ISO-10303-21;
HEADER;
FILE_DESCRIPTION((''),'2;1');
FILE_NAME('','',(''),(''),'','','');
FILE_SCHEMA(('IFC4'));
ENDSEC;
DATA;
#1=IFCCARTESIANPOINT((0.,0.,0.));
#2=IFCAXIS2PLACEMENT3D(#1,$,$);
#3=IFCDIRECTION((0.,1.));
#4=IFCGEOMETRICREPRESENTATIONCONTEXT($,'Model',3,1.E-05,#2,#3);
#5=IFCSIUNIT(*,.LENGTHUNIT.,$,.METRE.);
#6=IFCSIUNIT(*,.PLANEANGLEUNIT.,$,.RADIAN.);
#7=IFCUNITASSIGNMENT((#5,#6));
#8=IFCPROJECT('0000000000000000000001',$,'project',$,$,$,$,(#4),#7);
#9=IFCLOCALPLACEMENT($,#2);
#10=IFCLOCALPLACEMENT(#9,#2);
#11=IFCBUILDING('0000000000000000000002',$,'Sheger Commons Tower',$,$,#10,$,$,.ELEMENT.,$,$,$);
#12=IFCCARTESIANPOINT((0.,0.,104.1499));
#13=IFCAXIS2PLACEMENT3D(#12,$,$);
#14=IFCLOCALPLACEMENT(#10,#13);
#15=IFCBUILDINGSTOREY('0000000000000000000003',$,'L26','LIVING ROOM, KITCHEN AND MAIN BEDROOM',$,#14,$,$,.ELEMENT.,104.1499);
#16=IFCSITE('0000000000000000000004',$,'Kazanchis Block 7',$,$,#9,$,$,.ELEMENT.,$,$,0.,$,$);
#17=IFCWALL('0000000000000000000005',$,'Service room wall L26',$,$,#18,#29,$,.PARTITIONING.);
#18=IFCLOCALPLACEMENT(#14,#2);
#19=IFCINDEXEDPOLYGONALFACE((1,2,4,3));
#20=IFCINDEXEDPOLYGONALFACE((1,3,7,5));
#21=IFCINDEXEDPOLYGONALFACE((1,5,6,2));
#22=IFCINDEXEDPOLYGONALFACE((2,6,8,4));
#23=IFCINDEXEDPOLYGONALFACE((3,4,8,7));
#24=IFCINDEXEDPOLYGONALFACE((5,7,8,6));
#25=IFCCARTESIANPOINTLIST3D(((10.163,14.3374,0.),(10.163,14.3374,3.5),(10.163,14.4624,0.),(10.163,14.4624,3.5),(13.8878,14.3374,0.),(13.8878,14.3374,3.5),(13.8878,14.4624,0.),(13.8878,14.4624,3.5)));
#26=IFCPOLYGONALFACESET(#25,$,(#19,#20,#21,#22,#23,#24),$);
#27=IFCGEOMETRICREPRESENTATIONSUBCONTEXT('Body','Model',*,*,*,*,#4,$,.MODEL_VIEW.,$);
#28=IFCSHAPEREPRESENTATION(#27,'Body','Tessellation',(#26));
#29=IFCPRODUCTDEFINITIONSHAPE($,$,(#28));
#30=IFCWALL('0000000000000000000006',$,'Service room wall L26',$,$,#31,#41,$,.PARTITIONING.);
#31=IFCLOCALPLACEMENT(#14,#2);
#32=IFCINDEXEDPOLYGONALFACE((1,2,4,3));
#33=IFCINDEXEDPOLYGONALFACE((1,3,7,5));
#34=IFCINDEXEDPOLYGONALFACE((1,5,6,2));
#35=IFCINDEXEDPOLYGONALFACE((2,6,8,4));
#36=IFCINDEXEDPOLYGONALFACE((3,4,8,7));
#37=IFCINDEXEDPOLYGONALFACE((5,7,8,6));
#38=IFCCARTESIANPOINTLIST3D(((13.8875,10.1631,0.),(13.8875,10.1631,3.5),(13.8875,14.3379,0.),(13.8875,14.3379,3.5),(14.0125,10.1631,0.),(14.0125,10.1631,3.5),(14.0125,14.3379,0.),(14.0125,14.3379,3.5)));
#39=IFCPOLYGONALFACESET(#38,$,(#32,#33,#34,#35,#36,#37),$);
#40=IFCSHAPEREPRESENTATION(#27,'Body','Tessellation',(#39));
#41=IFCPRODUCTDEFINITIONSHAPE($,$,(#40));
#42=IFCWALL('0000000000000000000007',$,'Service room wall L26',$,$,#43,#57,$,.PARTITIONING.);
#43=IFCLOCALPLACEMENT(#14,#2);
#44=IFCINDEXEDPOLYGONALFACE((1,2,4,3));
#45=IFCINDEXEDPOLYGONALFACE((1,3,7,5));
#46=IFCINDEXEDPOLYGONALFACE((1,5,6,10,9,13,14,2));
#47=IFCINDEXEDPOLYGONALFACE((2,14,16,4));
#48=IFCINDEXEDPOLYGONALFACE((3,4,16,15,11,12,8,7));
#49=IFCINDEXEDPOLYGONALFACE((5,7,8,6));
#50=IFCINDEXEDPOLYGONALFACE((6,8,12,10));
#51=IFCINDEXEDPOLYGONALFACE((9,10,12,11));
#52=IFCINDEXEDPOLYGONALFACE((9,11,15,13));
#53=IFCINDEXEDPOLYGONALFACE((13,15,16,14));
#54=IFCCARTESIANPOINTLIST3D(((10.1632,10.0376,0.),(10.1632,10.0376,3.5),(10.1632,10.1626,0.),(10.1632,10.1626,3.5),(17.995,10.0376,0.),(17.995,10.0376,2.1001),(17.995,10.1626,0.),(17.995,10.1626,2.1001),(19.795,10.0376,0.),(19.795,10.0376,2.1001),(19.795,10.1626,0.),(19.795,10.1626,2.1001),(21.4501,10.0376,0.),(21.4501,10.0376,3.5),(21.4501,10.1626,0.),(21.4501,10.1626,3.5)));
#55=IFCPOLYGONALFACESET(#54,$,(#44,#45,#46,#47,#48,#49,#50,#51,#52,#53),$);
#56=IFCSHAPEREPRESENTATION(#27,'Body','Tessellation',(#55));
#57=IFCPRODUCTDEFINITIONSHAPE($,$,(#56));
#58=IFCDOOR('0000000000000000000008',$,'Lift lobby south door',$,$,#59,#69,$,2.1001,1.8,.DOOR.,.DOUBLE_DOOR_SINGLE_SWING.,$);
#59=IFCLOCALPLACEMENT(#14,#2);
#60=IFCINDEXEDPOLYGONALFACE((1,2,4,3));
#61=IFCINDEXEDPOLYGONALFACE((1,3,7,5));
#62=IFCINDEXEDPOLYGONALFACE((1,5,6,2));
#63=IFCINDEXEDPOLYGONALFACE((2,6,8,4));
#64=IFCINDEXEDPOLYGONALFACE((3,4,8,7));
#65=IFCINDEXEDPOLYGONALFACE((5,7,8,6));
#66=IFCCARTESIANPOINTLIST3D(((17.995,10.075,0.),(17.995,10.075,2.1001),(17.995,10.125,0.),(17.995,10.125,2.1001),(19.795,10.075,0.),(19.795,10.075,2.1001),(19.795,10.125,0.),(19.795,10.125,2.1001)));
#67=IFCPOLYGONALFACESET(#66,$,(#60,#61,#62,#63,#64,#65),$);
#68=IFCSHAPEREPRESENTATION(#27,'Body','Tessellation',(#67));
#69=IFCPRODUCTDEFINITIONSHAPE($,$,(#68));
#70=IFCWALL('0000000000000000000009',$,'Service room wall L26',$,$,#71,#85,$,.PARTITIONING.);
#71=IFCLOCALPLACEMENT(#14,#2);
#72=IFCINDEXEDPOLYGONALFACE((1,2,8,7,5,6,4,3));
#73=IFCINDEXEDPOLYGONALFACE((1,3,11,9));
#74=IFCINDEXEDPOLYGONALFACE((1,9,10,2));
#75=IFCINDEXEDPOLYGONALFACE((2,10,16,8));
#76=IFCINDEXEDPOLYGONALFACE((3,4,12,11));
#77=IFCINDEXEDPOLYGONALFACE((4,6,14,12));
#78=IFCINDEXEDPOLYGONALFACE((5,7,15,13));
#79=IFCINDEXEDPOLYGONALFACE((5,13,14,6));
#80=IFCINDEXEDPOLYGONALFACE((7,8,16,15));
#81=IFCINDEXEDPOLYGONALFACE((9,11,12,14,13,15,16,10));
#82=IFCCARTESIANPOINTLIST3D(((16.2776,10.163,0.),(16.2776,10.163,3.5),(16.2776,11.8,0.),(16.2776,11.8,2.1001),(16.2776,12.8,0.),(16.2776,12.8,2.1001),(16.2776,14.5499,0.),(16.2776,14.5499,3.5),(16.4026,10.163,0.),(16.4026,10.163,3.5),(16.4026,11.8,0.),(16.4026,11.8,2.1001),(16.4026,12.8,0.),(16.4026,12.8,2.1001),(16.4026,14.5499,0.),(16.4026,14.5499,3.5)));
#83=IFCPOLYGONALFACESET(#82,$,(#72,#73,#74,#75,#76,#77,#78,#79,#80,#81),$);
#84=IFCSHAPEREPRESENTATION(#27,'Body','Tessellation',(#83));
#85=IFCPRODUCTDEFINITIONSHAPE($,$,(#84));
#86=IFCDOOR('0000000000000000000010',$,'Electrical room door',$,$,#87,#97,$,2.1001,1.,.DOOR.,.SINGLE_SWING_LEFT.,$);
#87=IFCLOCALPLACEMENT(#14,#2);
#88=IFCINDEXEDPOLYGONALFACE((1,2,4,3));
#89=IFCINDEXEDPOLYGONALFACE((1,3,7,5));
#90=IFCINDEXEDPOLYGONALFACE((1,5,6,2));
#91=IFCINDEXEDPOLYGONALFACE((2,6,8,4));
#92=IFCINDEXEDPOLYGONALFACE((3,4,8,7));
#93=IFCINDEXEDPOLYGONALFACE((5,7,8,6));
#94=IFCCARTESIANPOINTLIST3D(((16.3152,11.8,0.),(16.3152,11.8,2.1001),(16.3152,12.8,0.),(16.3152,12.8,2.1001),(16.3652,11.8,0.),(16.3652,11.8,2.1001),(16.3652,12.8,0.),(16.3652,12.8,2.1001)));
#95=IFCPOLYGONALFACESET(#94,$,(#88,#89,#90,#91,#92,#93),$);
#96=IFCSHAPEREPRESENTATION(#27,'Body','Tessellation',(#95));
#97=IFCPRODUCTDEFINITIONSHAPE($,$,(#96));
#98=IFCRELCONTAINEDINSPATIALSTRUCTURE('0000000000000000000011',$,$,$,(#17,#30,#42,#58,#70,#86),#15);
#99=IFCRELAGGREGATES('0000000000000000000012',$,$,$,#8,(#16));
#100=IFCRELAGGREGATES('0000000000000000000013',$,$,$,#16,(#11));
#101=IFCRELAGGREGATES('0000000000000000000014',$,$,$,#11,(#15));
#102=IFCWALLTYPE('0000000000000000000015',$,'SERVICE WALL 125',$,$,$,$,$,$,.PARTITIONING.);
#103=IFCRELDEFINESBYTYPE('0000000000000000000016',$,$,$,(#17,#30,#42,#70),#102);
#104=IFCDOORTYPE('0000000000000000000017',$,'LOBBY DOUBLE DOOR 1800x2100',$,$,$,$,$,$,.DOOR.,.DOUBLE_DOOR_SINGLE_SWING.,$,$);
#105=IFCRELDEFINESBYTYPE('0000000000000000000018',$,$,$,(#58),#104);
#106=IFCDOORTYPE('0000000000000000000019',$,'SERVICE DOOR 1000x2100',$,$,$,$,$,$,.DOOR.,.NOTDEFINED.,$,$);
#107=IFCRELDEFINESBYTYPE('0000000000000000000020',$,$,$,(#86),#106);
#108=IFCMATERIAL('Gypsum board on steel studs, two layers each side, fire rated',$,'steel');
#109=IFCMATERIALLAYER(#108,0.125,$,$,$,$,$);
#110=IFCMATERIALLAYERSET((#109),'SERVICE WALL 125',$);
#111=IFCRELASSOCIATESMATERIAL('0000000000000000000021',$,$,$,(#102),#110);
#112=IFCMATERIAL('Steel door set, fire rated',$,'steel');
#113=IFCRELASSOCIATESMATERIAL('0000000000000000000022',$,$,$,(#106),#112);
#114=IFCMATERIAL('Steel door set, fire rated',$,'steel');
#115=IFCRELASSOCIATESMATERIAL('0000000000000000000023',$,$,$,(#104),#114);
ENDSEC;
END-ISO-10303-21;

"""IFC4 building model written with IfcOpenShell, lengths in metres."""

from ifc_helpers import new_model, si_unit, direction, frame, frame_2d, origin, place, context, subcontext, project, spatial, rectangle, extrude, material, layer, layer_set, type_object, element, fill, save


model = new_model("IFC4")

# Units and contexts
model_context = context("Model", 3, precision=1e-05, world=origin(), true_north=direction((0.0, 1.0)))
body_context = subcontext(model_context, "Body", "Model", "MODEL_VIEW")
ifc_project = project(units=[si_unit("LENGTHUNIT", "METRE"), si_unit("PLANEANGLEUNIT", "RADIAN")], contexts=[model_context])

# Site, building, storey
site_placement = place(None, origin())
site = spatial("IfcSite", under=ifc_project, at=site_placement, Name="Kazanchis Block 7", CompositionType="ELEMENT", RefElevation=0.0)
building_placement = place(site_placement, origin())
building = spatial("IfcBuilding", under=site, at=building_placement, Name="Sheger Commons Tower", CompositionType="ELEMENT")
storey_placement = place(building_placement, frame((0.0, 0.0, 104.1499)))
storey = spatial("IfcBuildingStorey", under=building, at=storey_placement, Name="L26", Description="LIVING ROOM, KITCHEN AND MAIN BEDROOM", CompositionType="ELEMENT", Elevation=104.1499)

# Shared definitions
ifc_material_1 = material(Name="Gypsum board on steel studs, two layers each side, fire rated", Category="steel")
ifc_layer_1 = layer(ifc_material_1, 0.125)
ifc_layer_set_1 = layer_set([ifc_layer_1], Name="SERVICE WALL 125")
wall_type_1 = type_object("IfcWallType", Name="SERVICE WALL 125", PredefinedType="PARTITIONING", material=ifc_layer_set_1)
ifc_material_2 = material(Name="Steel door set, fire rated", Category="steel")
door_type_1 = type_object("IfcDoorType", Name="SERVICE DOOR 1000x2100", OperationType="NOTDEFINED", PredefinedType="DOOR", material=ifc_material_2)

# Walls
wall_1_placement = place(storey_placement, frame((10.1631, 14.3999, 0.0), z_axis=(0.0, 0.0, 1.0), x_axis=(1.0, 0.0, 0.0)))
element("IfcWall", 1, at=wall_1_placement, inside=storey, type_object=wall_type_1, Name="Service room wall L26", PredefinedType="PARTITIONING", context=body_context, shape_type="SweptSolid", body=[
    extrude(rectangle(XDim=3.7249, YDim=0.125, at=frame_2d((1.8623, 0.0))), origin(), (0.0, 0.0, 1.0), 3.5),
])
wall_2_placement = place(storey_placement, frame((13.95, 10.1631, 0.0), z_axis=(0.0, 0.0, 1.0), x_axis=(0.0, 1.0, 0.0)))
element("IfcWall", 2, at=wall_2_placement, inside=storey, type_object=wall_type_1, Name="Service room wall L26", PredefinedType="PARTITIONING", context=body_context, shape_type="SweptSolid", body=[
    extrude(rectangle(XDim=4.1748, YDim=0.125, at=frame_2d((2.0874, 0.0))), origin(), (0.0, 0.0, 1.0), 3.5),
])

# Walls, openings, doors
wall_3_placement = place(storey_placement, frame((10.1631, 10.1001, 0.0), z_axis=(0.0, 0.0, 1.0), x_axis=(1.0, 0.0, 0.0)))
wall_3 = element("IfcWall", 3, at=wall_3_placement, inside=storey, type_object=wall_type_1, Name="Service room wall L26", PredefinedType="PARTITIONING", context=body_context, shape_type="SweptSolid", body=[
    extrude(rectangle(XDim=11.2869, YDim=0.125, at=frame_2d((5.6436, 0.0))), origin(), (0.0, 0.0, 1.0), 3.5),
])
opening_1_placement = place(wall_3_placement, frame((7.832, 0.0, 0.0)))
opening_1 = element("IfcOpeningElement", 4, at=opening_1_placement, cuts=wall_3, PredefinedType="OPENING", context=body_context, shape_type="SweptSolid", body=[
    extrude(rectangle(XDim=1.8, YDim=2.1001, at=frame_2d((0.8999, 1.05))), frame((0.0, 0.0725, 0.0), z_axis=(0.0, -1.0, 0.0), x_axis=(1.0, 0.0, 0.0)), (0.0, 0.0, 1.0), 0.145),
])
ifc_material_3 = material(Name="Steel door set, fire rated", Category="steel")
door_type_2 = type_object("IfcDoorType", Name="LOBBY DOUBLE DOOR 1800x2100", OperationType="DOUBLE_DOOR_SINGLE_SWING", PredefinedType="DOOR", material=ifc_material_3)
door_1_placement = place(opening_1_placement, origin())
door_1 = element("IfcDoor", 5, at=door_1_placement, inside=storey, type_object=door_type_2, Name="Lift lobby south door", OperationType="DOUBLE_DOOR_SINGLE_SWING", OverallHeight=2.1001, OverallWidth=1.8, PredefinedType="DOOR", context=body_context, shape_type="SweptSolid", body=[
    extrude(rectangle(XDim=1.8, YDim=2.1001, at=frame_2d((0.8999, 1.05))), frame((0.0, 0.0249, 0.0), z_axis=(0.0, -1.0, 0.0), x_axis=(1.0, 0.0, 0.0)), (0.0, 0.0, 1.0), 0.05),
])
fill(opening_1, door_1)
wall_4_placement = place(storey_placement, frame((16.3401, 10.1631, 0.0), z_axis=(0.0, 0.0, 1.0), x_axis=(0.0, 1.0, 0.0)))
wall_4 = element("IfcWall", 6, at=wall_4_placement, inside=storey, type_object=wall_type_1, Name="Service room wall L26", PredefinedType="PARTITIONING", context=body_context, shape_type="SweptSolid", body=[
    extrude(rectangle(XDim=4.387, YDim=0.125, at=frame_2d((2.1934, 0.0))), origin(), (0.0, 0.0, 1.0), 3.5),
])
opening_2_placement = place(wall_4_placement, frame((1.637, 0.0, 0.0)))
opening_2 = element("IfcOpeningElement", 7, at=opening_2_placement, cuts=wall_4, PredefinedType="OPENING", context=body_context, shape_type="SweptSolid", body=[
    extrude(rectangle(XDim=1.0, YDim=2.1001, at=frame_2d((0.5, 1.05))), frame((0.0, 0.0725, 0.0), z_axis=(0.0, -1.0, 0.0), x_axis=(1.0, 0.0, 0.0)), (0.0, 0.0, 1.0), 0.145),
])
door_2_placement = place(opening_2_placement, origin())
door_2 = element("IfcDoor", 8, at=door_2_placement, inside=storey, type_object=door_type_1, Name="Electrical room door", OperationType="SINGLE_SWING_LEFT", OverallHeight=2.1001, OverallWidth=1.0, PredefinedType="DOOR", context=body_context, shape_type="SweptSolid", body=[
    extrude(rectangle(XDim=1.0, YDim=2.1001, at=frame_2d((0.5, 1.05))), frame((0.0, 0.0249, 0.0), z_axis=(0.0, -1.0, 0.0), x_axis=(1.0, 0.0, 0.0)), (0.0, 0.0, 1.0), 0.05),
])
fill(opening_2, door_2)

save(model, "model.ifc")
